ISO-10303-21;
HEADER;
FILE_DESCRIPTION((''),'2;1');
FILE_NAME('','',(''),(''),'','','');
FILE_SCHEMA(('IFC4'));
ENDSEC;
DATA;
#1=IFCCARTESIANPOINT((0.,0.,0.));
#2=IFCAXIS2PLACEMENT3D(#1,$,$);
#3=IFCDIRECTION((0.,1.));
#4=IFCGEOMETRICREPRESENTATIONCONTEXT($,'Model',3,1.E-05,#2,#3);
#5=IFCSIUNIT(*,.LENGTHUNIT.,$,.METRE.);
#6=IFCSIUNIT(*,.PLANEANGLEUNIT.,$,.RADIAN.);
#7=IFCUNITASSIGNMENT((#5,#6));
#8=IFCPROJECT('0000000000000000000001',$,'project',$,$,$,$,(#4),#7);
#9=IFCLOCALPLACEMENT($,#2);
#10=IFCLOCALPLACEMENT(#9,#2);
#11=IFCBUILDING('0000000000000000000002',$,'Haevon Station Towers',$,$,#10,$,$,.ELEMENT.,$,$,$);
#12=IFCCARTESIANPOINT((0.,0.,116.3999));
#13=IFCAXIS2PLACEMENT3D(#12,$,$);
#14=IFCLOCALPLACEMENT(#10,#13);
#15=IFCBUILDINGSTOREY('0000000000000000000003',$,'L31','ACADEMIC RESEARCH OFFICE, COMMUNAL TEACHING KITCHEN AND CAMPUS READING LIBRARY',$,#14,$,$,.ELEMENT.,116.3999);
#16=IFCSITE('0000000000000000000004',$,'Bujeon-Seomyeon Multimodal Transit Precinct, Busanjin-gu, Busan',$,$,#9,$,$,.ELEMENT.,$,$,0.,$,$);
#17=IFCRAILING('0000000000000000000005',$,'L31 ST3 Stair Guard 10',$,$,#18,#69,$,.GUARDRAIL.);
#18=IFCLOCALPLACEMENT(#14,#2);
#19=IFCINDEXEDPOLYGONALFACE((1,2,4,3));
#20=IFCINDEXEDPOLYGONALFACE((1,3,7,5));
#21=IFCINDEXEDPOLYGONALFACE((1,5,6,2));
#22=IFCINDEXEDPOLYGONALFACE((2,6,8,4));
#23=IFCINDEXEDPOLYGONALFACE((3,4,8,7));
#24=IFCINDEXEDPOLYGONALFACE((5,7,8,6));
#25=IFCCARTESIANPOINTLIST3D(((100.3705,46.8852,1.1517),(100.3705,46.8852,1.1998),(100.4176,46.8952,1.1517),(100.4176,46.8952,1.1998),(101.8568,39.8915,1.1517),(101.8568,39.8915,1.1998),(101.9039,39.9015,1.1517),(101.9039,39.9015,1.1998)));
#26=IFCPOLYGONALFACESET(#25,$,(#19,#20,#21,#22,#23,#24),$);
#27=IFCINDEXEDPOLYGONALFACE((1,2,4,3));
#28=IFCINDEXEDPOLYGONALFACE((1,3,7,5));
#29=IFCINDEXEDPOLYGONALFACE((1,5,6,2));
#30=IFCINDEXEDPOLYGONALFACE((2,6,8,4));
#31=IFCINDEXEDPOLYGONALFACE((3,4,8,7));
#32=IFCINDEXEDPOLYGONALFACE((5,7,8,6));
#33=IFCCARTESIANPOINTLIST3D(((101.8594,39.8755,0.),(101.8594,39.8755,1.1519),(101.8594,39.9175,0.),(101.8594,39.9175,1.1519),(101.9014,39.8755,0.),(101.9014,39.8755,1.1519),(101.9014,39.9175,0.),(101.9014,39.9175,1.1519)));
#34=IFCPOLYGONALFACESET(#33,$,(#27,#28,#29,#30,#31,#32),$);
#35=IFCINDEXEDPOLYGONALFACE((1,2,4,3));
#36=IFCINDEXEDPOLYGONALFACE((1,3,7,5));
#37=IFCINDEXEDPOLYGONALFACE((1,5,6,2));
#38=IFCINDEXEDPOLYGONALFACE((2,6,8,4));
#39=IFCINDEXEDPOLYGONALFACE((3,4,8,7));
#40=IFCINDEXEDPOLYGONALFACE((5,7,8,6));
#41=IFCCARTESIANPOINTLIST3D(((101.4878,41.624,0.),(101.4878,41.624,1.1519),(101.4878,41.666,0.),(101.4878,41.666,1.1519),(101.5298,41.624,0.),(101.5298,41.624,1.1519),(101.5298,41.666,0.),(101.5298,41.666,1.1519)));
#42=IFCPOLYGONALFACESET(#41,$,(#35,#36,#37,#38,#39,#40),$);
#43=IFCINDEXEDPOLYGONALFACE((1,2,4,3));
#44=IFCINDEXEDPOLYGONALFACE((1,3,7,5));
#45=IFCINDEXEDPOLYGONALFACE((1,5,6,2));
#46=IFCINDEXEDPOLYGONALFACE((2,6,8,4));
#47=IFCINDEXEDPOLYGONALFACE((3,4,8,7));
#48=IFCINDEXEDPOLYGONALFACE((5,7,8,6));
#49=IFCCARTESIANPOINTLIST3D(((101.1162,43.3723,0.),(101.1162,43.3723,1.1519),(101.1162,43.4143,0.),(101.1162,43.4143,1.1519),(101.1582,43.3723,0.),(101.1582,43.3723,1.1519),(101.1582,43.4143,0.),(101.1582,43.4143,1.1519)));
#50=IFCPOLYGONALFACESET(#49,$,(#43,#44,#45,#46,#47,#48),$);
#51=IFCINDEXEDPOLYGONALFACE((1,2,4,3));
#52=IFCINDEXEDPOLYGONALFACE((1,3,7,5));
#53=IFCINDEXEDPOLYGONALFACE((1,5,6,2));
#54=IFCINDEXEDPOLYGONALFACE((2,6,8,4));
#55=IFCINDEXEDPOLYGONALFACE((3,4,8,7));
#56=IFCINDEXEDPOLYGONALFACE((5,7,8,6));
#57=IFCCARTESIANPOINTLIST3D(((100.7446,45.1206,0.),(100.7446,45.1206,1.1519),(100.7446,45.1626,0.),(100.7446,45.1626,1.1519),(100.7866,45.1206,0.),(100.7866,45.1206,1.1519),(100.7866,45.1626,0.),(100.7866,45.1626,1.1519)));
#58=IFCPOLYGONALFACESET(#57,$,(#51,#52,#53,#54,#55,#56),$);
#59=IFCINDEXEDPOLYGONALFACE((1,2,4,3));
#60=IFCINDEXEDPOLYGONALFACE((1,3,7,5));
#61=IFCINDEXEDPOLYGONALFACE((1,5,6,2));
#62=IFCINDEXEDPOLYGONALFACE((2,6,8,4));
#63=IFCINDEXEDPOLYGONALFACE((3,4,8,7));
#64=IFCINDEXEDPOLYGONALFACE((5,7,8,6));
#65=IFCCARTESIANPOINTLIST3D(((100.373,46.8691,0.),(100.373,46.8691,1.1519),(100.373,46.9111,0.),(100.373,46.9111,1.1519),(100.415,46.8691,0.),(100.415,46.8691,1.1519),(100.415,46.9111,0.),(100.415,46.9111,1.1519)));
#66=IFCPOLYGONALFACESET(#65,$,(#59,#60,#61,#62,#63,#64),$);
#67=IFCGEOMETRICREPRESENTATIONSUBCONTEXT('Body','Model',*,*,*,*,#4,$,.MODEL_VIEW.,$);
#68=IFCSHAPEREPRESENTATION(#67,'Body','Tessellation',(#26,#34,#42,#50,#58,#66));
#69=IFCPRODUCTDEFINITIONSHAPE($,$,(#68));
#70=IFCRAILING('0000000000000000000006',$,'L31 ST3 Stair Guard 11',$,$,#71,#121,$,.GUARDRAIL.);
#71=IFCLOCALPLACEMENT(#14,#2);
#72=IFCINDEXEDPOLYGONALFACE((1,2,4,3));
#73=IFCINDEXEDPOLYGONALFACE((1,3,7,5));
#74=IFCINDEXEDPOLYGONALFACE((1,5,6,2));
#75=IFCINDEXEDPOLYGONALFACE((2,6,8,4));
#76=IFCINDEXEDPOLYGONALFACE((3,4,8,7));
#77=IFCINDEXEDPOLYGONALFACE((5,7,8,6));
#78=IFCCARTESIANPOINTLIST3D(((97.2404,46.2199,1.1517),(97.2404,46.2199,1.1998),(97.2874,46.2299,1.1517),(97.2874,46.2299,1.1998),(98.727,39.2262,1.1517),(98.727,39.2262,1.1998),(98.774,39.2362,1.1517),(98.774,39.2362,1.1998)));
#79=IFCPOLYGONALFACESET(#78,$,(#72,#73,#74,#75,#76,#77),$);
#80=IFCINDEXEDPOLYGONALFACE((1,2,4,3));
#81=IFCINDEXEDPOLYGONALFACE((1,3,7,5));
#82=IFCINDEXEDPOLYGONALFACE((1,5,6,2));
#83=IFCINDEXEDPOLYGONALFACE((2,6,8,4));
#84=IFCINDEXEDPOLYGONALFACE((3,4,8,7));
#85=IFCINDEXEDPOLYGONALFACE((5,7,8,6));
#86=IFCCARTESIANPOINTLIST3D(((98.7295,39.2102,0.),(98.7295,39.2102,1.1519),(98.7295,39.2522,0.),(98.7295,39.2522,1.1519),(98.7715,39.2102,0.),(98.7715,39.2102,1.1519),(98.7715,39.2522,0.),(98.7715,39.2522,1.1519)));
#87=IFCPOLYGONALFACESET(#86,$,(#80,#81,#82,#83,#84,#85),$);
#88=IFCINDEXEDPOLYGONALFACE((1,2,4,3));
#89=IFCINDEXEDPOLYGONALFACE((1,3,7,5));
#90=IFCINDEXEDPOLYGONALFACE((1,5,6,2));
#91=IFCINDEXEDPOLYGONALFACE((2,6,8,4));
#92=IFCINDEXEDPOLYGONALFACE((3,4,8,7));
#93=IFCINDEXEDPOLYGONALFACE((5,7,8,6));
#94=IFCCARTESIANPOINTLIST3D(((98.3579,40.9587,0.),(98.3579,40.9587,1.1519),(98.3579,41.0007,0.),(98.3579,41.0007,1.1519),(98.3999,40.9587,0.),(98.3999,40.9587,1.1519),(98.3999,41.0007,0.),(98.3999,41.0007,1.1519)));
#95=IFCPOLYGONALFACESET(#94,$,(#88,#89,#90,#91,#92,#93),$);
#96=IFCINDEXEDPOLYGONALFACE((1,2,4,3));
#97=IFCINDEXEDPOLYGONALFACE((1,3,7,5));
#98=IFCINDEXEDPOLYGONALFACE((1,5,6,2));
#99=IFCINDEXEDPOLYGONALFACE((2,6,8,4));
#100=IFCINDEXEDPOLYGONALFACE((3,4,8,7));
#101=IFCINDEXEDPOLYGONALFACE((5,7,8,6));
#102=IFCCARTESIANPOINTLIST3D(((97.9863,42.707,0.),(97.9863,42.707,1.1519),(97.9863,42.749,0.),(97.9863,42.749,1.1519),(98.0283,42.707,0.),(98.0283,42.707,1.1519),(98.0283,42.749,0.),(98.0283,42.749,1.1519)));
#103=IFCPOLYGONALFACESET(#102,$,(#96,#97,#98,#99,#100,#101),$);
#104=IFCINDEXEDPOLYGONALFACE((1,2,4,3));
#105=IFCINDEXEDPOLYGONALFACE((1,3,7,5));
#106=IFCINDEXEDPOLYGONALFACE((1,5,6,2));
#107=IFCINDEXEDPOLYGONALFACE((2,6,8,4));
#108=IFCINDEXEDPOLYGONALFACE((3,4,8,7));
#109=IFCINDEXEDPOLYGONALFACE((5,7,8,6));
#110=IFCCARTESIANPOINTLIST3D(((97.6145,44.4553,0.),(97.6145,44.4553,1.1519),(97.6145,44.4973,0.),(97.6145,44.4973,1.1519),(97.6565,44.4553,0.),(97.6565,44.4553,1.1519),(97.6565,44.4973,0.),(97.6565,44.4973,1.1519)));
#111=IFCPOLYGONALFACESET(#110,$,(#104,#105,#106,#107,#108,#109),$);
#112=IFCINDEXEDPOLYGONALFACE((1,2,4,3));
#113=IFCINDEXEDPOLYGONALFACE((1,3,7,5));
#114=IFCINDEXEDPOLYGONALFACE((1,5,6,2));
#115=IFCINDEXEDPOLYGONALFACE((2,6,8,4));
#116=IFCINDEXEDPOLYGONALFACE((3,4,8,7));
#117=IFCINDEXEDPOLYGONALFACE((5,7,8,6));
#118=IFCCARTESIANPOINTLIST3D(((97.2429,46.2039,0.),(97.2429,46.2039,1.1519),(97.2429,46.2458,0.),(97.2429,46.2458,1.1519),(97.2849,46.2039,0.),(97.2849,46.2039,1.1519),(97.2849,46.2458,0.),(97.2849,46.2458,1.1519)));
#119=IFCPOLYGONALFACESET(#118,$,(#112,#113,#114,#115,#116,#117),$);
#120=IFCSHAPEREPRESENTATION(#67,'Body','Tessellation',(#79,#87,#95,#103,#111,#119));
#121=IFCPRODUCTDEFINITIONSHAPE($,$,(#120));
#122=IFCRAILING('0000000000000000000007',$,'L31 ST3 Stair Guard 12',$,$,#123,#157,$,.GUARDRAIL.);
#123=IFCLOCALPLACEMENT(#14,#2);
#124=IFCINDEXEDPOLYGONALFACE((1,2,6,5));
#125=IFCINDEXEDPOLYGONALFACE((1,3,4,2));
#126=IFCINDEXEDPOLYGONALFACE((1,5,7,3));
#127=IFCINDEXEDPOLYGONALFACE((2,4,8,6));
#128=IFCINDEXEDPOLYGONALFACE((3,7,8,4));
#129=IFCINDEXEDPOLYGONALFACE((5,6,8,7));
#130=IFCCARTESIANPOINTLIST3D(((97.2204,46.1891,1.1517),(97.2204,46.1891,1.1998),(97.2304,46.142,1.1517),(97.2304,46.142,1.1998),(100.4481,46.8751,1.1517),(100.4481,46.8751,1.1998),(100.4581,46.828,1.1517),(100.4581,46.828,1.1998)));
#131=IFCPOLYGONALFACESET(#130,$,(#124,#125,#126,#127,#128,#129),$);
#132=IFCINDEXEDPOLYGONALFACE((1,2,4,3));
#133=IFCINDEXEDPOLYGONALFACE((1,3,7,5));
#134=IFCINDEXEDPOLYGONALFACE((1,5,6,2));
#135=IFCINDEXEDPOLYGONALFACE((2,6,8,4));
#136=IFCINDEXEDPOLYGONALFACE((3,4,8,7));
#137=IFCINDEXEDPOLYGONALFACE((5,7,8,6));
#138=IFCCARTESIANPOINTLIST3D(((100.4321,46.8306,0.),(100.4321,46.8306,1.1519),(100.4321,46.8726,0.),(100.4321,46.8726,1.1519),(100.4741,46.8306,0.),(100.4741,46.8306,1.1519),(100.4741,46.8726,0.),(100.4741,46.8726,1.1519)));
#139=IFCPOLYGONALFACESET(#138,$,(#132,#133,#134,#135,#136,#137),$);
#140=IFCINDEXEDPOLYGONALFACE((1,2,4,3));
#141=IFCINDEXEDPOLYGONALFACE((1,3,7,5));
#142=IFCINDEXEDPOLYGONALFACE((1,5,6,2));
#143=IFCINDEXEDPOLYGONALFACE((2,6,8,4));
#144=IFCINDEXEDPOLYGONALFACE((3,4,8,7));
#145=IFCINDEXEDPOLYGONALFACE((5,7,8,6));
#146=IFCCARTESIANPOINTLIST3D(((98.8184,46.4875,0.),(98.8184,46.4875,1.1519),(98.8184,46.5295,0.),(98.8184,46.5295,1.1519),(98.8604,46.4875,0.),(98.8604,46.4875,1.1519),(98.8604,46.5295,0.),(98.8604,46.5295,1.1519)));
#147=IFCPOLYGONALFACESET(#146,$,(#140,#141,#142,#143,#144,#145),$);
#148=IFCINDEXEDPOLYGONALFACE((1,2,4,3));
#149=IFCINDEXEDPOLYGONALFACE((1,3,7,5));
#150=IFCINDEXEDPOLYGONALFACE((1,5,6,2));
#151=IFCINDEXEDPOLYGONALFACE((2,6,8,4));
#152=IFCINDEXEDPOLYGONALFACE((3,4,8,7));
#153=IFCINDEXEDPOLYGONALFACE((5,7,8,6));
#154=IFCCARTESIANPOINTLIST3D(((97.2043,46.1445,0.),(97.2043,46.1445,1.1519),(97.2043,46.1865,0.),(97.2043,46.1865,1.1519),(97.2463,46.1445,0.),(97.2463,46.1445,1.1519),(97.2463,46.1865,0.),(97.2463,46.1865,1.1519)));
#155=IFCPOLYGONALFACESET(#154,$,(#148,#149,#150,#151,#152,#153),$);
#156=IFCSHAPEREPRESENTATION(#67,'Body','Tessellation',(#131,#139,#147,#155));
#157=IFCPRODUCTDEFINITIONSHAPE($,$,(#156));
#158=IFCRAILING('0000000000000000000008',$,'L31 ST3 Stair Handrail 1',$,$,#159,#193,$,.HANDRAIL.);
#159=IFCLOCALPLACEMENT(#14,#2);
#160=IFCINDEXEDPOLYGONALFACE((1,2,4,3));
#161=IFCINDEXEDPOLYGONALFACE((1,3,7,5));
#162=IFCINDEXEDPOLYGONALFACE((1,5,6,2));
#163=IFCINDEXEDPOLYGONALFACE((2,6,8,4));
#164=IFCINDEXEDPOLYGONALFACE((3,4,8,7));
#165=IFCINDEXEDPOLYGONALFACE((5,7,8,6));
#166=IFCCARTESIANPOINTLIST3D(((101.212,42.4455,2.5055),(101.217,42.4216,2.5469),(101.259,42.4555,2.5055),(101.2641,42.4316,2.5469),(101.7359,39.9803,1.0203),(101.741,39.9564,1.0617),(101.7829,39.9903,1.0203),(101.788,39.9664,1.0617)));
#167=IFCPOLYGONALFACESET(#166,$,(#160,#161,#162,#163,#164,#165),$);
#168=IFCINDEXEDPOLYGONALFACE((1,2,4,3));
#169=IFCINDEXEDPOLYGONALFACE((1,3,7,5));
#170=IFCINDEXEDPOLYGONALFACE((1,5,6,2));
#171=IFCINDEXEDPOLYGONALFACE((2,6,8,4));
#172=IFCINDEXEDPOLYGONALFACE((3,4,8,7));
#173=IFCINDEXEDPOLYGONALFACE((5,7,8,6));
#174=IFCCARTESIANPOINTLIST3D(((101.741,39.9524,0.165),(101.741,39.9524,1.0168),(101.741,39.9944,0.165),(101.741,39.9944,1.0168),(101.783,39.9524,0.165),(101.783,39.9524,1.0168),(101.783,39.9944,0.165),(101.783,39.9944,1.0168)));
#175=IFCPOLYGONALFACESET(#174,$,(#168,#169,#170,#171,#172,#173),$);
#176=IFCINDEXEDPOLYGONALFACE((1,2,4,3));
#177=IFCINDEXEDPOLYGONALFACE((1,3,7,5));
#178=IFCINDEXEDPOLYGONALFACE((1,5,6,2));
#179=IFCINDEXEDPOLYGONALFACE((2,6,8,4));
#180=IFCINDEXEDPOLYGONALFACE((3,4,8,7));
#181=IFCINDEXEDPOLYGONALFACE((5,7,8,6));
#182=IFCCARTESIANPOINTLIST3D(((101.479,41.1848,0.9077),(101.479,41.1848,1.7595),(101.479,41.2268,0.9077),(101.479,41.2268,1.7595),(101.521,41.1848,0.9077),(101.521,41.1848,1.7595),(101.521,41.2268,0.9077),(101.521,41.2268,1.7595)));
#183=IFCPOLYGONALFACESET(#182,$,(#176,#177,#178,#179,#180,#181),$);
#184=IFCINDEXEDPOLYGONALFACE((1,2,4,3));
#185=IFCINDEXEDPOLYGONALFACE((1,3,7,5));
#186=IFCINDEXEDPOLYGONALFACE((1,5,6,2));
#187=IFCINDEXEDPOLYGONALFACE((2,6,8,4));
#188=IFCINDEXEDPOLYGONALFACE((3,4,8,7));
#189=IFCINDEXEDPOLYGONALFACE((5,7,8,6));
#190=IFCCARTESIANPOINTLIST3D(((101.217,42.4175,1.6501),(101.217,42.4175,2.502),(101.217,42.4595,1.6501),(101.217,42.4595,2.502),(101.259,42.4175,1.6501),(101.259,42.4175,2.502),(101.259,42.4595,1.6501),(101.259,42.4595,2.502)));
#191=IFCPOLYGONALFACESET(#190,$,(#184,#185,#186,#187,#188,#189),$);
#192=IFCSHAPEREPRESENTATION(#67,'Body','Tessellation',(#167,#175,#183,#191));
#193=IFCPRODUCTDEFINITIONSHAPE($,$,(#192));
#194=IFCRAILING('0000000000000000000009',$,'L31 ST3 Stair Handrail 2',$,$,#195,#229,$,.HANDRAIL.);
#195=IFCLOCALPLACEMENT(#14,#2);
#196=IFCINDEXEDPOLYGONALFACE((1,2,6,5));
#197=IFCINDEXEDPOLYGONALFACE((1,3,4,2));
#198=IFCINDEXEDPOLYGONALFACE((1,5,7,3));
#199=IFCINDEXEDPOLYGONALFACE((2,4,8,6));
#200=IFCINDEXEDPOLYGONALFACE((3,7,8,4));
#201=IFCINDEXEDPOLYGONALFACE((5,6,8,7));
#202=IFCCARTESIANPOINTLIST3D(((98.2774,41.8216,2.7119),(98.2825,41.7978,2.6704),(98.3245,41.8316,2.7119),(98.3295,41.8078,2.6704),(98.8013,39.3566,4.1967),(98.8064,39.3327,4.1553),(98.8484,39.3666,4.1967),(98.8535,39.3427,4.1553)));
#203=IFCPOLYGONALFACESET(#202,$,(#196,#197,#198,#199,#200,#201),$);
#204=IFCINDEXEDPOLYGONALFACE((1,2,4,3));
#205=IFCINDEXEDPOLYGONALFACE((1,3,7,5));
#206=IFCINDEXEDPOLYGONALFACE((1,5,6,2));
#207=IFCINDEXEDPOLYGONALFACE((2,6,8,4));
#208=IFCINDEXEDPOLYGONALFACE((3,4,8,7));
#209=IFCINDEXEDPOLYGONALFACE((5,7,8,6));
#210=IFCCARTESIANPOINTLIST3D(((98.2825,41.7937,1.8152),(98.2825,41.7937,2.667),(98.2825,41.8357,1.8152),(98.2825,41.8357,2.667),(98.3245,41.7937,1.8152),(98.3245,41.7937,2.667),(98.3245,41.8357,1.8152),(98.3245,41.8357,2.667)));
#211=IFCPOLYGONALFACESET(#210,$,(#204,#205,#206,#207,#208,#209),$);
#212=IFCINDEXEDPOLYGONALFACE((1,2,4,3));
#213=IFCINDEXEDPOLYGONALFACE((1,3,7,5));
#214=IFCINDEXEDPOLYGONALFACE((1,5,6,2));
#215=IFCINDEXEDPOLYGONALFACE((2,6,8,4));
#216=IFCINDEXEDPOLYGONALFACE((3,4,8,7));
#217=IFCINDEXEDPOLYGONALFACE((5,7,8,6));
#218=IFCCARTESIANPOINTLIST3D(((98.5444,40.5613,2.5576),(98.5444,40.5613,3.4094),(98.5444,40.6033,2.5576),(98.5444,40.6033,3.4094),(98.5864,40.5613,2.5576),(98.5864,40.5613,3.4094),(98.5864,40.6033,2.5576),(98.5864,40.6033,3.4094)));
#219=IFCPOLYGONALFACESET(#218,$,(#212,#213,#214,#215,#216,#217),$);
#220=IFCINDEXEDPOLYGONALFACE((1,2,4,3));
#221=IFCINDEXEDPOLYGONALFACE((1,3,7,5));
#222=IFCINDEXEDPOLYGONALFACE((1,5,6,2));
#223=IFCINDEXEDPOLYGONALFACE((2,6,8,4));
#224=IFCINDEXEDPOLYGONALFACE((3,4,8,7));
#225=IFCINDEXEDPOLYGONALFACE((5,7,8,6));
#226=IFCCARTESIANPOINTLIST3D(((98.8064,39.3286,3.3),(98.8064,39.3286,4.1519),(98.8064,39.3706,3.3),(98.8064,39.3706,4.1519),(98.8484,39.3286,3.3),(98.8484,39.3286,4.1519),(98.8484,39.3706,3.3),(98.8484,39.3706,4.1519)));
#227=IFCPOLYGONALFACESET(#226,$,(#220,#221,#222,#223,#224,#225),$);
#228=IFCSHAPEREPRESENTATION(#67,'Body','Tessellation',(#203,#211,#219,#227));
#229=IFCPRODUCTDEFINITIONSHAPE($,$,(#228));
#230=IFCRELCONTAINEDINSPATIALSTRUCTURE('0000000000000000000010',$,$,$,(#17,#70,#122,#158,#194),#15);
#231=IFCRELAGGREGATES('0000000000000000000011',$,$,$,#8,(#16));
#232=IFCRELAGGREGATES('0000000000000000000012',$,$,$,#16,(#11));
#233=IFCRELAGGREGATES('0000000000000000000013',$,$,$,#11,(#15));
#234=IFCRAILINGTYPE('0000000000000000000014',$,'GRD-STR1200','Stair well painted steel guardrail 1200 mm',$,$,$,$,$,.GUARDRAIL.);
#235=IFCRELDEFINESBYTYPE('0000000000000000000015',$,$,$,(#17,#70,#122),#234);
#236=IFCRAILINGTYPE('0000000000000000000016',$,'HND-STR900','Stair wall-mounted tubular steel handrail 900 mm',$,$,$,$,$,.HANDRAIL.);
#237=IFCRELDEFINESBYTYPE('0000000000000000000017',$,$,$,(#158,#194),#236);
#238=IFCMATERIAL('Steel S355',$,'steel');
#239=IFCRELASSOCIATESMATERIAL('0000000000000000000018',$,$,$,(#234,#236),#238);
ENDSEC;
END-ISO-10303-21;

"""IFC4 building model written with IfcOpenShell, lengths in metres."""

from ifc_helpers import new_model, si_unit, direction, frame, origin, origin_2d, place, context, subcontext, project, spatial, rectangle, extrude, material, type_object, element, save


model = new_model("IFC4")

# Units and contexts
model_context = context("Model", 3, precision=1e-05, world=origin(), true_north=direction((0.0, 1.0)))
body_context = subcontext(model_context, "Body", "Model", "MODEL_VIEW")
ifc_project = project(units=[si_unit("LENGTHUNIT", "METRE"), si_unit("PLANEANGLEUNIT", "RADIAN")], contexts=[model_context])

# Site, building, storey
site_placement = place(None, origin())
site = spatial("IfcSite", under=ifc_project, at=site_placement, Name="Bujeon-Seomyeon Multimodal Transit Precinct, Busanjin-gu, Busan", CompositionType="ELEMENT", RefElevation=0.0)
building_placement = place(site_placement, origin())
building = spatial("IfcBuilding", under=site, at=building_placement, Name="Haevon Station Towers", CompositionType="ELEMENT")
storey_placement = place(building_placement, frame((0.0, 0.0, 116.3999)))
storey = spatial("IfcBuildingStorey", under=building, at=storey_placement, Name="L31", Description="ACADEMIC RESEARCH OFFICE, COMMUNAL TEACHING KITCHEN AND CAMPUS READING LIBRARY", CompositionType="ELEMENT", Elevation=116.3999)

# Shared definitions
ifc_material_1 = material(Name="Steel S355", Category="steel")

# Railings
railing_type_1 = type_object("IfcRailingType", Name="GRD-STR1200", Description="Stair well painted steel guardrail 1200 mm", PredefinedType="GUARDRAIL", material=ifc_material_1)
railing_1_placement = place(storey_placement, frame((101.8804, 39.8965, 0.0)))
element("IfcRailing", 1, at=railing_1_placement, inside=storey, type_object=railing_type_1, Name="L31 ST3 Stair Guard 10", PredefinedType="GUARDRAIL", context=body_context, shape_type="SweptSolid", body=[
    extrude(rectangle(XDim=0.0481, YDim=0.0481, at=origin_2d()), frame((0.0, 0.0, 1.1758), z_axis=(-0.207882, 0.978154, 0.0), x_axis=(-0.978154, -0.207882, 0.0)), (0.0, 0.0, 1.0), 7.1499),
    extrude(rectangle(XDim=0.042, YDim=0.042, at=origin_2d()), origin(), (0.0, 0.0, 1.0), 1.1519),
    extrude(rectangle(XDim=0.042, YDim=0.042, at=origin_2d()), frame((-0.3716, 1.7485, 0.0)), (0.0, 0.0, 1.0), 1.1519),
    extrude(rectangle(XDim=0.042, YDim=0.042, at=origin_2d()), frame((-0.7432, 3.4968, 0.0)), (0.0, 0.0, 1.0), 1.1519),
    extrude(rectangle(XDim=0.042, YDim=0.042, at=origin_2d()), frame((-1.1147, 5.2451, 0.0)), (0.0, 0.0, 1.0), 1.1519),
    extrude(rectangle(XDim=0.042, YDim=0.042, at=origin_2d()), frame((-1.4863, 6.9937, 0.0)), (0.0, 0.0, 1.0), 1.1519),
])
railing_2_placement = place(storey_placement, frame((98.7505, 39.2312, 0.0)))
element("IfcRailing", 2, at=railing_2_placement, inside=storey, type_object=railing_type_1, Name="L31 ST3 Stair Guard 11", PredefinedType="GUARDRAIL", context=body_context, shape_type="SweptSolid", body=[
    extrude(rectangle(XDim=0.0481, YDim=0.0481, at=origin_2d()), frame((0.0, 0.0, 1.1758), z_axis=(-0.207915, 0.978147, 0.0), x_axis=(-0.978147, -0.207915, 0.0)), (0.0, 0.0, 1.0), 7.1499),
    extrude(rectangle(XDim=0.042, YDim=0.042, at=origin_2d()), origin(), (0.0, 0.0, 1.0), 1.1519),
    extrude(rectangle(XDim=0.042, YDim=0.042, at=origin_2d()), frame((-0.3716, 1.7485, 0.0)), (0.0, 0.0, 1.0), 1.1519),
    extrude(rectangle(XDim=0.042, YDim=0.042, at=origin_2d()), frame((-0.7432, 3.4968, 0.0)), (0.0, 0.0, 1.0), 1.1519),
    extrude(rectangle(XDim=0.042, YDim=0.042, at=origin_2d()), frame((-1.115, 5.2451, 0.0)), (0.0, 0.0, 1.0), 1.1519),
    extrude(rectangle(XDim=0.042, YDim=0.042, at=origin_2d()), frame((-1.4866, 6.9937, 0.0)), (0.0, 0.0, 1.0), 1.1519),
])
railing_3_placement = place(storey_placement, frame((100.4531, 46.8516, 0.0)))
element("IfcRailing", 3, at=railing_3_placement, inside=storey, type_object=railing_type_1, Name="L31 ST3 Stair Guard 12", PredefinedType="GUARDRAIL", context=body_context, shape_type="SweptSolid", body=[
    extrude(rectangle(XDim=0.0481, YDim=0.0481, at=origin_2d()), frame((0.0, 0.0, 1.1758), z_axis=(-0.978151, -0.207897, 0.0), x_axis=(0.207897, -0.978151, 0.0)), (0.0, 0.0, 1.0), 3.2998),
    extrude(rectangle(XDim=0.042, YDim=0.042, at=origin_2d()), origin(), (0.0, 0.0, 1.0), 1.1519),
    extrude(rectangle(XDim=0.042, YDim=0.042, at=origin_2d()), frame((-1.6138, -0.343, 0.0)), (0.0, 0.0, 1.0), 1.1519),
    extrude(rectangle(XDim=0.042, YDim=0.042, at=origin_2d()), frame((-3.2278, -0.686, 0.0)), (0.0, 0.0, 1.0), 1.1519),
])
railing_type_2 = type_object("IfcRailingType", Name="HND-STR900", Description="Stair wall-mounted tubular steel handrail 900 mm", PredefinedType="HANDRAIL", material=ifc_material_1)
railing_4_placement = place(storey_placement, frame((101.762, 39.9734, 0.165)))
element("IfcRailing", 4, at=railing_4_placement, inside=storey, type_object=railing_type_2, Name="L31 ST3 Stair Handrail 1", PredefinedType="HANDRAIL", context=body_context, shape_type="SweptSolid", body=[
    extrude(rectangle(XDim=0.0481, YDim=0.0481, at=origin_2d()), frame((0.0, 0.0, 0.876), z_axis=(-0.179109, 0.842712, 0.507697), x_axis=(-0.978151, -0.207895, 0.0)), (0.0, 0.0, 1.0), 2.9253),
    extrude(rectangle(XDim=0.042, YDim=0.042, at=origin_2d()), origin(), (0.0, 0.0, 1.0), 0.8518),
    extrude(rectangle(XDim=0.042, YDim=0.042, at=origin_2d()), frame((-0.262, 1.2324, 0.7427)), (0.0, 0.0, 1.0), 0.8518),
    extrude(rectangle(XDim=0.042, YDim=0.042, at=origin_2d()), frame((-0.5239, 2.4651, 1.4851)), (0.0, 0.0, 1.0), 0.8518),
])
railing_5_placement = place(storey_placement, frame((98.3035, 41.8147, 1.8152)))
element("IfcRailing", 5, at=railing_5_placement, inside=storey, type_object=railing_type_2, Name="L31 ST3 Stair Handrail 2", PredefinedType="HANDRAIL", context=body_context, shape_type="SweptSolid", body=[
    extrude(rectangle(XDim=0.0481, YDim=0.0481, at=origin_2d()), frame((0.0, 0.0, 0.876), z_axis=(0.179116, -0.842748, 0.507635), x_axis=(0.978151, 0.207895, 0.0)), (0.0, 0.0, 1.0), 2.925),
    extrude(rectangle(XDim=0.042, YDim=0.042, at=origin_2d()), origin(), (0.0, 0.0, 1.0), 0.8518),
    extrude(rectangle(XDim=0.042, YDim=0.042, at=origin_2d()), frame((0.262, -1.2324, 0.7424)), (0.0, 0.0, 1.0), 0.8518),
    extrude(rectangle(XDim=0.042, YDim=0.042, at=origin_2d()), frame((0.5239, -2.4651, 1.4849)), (0.0, 0.0, 1.0), 0.8518),
])

save(model, "model.ifc")
